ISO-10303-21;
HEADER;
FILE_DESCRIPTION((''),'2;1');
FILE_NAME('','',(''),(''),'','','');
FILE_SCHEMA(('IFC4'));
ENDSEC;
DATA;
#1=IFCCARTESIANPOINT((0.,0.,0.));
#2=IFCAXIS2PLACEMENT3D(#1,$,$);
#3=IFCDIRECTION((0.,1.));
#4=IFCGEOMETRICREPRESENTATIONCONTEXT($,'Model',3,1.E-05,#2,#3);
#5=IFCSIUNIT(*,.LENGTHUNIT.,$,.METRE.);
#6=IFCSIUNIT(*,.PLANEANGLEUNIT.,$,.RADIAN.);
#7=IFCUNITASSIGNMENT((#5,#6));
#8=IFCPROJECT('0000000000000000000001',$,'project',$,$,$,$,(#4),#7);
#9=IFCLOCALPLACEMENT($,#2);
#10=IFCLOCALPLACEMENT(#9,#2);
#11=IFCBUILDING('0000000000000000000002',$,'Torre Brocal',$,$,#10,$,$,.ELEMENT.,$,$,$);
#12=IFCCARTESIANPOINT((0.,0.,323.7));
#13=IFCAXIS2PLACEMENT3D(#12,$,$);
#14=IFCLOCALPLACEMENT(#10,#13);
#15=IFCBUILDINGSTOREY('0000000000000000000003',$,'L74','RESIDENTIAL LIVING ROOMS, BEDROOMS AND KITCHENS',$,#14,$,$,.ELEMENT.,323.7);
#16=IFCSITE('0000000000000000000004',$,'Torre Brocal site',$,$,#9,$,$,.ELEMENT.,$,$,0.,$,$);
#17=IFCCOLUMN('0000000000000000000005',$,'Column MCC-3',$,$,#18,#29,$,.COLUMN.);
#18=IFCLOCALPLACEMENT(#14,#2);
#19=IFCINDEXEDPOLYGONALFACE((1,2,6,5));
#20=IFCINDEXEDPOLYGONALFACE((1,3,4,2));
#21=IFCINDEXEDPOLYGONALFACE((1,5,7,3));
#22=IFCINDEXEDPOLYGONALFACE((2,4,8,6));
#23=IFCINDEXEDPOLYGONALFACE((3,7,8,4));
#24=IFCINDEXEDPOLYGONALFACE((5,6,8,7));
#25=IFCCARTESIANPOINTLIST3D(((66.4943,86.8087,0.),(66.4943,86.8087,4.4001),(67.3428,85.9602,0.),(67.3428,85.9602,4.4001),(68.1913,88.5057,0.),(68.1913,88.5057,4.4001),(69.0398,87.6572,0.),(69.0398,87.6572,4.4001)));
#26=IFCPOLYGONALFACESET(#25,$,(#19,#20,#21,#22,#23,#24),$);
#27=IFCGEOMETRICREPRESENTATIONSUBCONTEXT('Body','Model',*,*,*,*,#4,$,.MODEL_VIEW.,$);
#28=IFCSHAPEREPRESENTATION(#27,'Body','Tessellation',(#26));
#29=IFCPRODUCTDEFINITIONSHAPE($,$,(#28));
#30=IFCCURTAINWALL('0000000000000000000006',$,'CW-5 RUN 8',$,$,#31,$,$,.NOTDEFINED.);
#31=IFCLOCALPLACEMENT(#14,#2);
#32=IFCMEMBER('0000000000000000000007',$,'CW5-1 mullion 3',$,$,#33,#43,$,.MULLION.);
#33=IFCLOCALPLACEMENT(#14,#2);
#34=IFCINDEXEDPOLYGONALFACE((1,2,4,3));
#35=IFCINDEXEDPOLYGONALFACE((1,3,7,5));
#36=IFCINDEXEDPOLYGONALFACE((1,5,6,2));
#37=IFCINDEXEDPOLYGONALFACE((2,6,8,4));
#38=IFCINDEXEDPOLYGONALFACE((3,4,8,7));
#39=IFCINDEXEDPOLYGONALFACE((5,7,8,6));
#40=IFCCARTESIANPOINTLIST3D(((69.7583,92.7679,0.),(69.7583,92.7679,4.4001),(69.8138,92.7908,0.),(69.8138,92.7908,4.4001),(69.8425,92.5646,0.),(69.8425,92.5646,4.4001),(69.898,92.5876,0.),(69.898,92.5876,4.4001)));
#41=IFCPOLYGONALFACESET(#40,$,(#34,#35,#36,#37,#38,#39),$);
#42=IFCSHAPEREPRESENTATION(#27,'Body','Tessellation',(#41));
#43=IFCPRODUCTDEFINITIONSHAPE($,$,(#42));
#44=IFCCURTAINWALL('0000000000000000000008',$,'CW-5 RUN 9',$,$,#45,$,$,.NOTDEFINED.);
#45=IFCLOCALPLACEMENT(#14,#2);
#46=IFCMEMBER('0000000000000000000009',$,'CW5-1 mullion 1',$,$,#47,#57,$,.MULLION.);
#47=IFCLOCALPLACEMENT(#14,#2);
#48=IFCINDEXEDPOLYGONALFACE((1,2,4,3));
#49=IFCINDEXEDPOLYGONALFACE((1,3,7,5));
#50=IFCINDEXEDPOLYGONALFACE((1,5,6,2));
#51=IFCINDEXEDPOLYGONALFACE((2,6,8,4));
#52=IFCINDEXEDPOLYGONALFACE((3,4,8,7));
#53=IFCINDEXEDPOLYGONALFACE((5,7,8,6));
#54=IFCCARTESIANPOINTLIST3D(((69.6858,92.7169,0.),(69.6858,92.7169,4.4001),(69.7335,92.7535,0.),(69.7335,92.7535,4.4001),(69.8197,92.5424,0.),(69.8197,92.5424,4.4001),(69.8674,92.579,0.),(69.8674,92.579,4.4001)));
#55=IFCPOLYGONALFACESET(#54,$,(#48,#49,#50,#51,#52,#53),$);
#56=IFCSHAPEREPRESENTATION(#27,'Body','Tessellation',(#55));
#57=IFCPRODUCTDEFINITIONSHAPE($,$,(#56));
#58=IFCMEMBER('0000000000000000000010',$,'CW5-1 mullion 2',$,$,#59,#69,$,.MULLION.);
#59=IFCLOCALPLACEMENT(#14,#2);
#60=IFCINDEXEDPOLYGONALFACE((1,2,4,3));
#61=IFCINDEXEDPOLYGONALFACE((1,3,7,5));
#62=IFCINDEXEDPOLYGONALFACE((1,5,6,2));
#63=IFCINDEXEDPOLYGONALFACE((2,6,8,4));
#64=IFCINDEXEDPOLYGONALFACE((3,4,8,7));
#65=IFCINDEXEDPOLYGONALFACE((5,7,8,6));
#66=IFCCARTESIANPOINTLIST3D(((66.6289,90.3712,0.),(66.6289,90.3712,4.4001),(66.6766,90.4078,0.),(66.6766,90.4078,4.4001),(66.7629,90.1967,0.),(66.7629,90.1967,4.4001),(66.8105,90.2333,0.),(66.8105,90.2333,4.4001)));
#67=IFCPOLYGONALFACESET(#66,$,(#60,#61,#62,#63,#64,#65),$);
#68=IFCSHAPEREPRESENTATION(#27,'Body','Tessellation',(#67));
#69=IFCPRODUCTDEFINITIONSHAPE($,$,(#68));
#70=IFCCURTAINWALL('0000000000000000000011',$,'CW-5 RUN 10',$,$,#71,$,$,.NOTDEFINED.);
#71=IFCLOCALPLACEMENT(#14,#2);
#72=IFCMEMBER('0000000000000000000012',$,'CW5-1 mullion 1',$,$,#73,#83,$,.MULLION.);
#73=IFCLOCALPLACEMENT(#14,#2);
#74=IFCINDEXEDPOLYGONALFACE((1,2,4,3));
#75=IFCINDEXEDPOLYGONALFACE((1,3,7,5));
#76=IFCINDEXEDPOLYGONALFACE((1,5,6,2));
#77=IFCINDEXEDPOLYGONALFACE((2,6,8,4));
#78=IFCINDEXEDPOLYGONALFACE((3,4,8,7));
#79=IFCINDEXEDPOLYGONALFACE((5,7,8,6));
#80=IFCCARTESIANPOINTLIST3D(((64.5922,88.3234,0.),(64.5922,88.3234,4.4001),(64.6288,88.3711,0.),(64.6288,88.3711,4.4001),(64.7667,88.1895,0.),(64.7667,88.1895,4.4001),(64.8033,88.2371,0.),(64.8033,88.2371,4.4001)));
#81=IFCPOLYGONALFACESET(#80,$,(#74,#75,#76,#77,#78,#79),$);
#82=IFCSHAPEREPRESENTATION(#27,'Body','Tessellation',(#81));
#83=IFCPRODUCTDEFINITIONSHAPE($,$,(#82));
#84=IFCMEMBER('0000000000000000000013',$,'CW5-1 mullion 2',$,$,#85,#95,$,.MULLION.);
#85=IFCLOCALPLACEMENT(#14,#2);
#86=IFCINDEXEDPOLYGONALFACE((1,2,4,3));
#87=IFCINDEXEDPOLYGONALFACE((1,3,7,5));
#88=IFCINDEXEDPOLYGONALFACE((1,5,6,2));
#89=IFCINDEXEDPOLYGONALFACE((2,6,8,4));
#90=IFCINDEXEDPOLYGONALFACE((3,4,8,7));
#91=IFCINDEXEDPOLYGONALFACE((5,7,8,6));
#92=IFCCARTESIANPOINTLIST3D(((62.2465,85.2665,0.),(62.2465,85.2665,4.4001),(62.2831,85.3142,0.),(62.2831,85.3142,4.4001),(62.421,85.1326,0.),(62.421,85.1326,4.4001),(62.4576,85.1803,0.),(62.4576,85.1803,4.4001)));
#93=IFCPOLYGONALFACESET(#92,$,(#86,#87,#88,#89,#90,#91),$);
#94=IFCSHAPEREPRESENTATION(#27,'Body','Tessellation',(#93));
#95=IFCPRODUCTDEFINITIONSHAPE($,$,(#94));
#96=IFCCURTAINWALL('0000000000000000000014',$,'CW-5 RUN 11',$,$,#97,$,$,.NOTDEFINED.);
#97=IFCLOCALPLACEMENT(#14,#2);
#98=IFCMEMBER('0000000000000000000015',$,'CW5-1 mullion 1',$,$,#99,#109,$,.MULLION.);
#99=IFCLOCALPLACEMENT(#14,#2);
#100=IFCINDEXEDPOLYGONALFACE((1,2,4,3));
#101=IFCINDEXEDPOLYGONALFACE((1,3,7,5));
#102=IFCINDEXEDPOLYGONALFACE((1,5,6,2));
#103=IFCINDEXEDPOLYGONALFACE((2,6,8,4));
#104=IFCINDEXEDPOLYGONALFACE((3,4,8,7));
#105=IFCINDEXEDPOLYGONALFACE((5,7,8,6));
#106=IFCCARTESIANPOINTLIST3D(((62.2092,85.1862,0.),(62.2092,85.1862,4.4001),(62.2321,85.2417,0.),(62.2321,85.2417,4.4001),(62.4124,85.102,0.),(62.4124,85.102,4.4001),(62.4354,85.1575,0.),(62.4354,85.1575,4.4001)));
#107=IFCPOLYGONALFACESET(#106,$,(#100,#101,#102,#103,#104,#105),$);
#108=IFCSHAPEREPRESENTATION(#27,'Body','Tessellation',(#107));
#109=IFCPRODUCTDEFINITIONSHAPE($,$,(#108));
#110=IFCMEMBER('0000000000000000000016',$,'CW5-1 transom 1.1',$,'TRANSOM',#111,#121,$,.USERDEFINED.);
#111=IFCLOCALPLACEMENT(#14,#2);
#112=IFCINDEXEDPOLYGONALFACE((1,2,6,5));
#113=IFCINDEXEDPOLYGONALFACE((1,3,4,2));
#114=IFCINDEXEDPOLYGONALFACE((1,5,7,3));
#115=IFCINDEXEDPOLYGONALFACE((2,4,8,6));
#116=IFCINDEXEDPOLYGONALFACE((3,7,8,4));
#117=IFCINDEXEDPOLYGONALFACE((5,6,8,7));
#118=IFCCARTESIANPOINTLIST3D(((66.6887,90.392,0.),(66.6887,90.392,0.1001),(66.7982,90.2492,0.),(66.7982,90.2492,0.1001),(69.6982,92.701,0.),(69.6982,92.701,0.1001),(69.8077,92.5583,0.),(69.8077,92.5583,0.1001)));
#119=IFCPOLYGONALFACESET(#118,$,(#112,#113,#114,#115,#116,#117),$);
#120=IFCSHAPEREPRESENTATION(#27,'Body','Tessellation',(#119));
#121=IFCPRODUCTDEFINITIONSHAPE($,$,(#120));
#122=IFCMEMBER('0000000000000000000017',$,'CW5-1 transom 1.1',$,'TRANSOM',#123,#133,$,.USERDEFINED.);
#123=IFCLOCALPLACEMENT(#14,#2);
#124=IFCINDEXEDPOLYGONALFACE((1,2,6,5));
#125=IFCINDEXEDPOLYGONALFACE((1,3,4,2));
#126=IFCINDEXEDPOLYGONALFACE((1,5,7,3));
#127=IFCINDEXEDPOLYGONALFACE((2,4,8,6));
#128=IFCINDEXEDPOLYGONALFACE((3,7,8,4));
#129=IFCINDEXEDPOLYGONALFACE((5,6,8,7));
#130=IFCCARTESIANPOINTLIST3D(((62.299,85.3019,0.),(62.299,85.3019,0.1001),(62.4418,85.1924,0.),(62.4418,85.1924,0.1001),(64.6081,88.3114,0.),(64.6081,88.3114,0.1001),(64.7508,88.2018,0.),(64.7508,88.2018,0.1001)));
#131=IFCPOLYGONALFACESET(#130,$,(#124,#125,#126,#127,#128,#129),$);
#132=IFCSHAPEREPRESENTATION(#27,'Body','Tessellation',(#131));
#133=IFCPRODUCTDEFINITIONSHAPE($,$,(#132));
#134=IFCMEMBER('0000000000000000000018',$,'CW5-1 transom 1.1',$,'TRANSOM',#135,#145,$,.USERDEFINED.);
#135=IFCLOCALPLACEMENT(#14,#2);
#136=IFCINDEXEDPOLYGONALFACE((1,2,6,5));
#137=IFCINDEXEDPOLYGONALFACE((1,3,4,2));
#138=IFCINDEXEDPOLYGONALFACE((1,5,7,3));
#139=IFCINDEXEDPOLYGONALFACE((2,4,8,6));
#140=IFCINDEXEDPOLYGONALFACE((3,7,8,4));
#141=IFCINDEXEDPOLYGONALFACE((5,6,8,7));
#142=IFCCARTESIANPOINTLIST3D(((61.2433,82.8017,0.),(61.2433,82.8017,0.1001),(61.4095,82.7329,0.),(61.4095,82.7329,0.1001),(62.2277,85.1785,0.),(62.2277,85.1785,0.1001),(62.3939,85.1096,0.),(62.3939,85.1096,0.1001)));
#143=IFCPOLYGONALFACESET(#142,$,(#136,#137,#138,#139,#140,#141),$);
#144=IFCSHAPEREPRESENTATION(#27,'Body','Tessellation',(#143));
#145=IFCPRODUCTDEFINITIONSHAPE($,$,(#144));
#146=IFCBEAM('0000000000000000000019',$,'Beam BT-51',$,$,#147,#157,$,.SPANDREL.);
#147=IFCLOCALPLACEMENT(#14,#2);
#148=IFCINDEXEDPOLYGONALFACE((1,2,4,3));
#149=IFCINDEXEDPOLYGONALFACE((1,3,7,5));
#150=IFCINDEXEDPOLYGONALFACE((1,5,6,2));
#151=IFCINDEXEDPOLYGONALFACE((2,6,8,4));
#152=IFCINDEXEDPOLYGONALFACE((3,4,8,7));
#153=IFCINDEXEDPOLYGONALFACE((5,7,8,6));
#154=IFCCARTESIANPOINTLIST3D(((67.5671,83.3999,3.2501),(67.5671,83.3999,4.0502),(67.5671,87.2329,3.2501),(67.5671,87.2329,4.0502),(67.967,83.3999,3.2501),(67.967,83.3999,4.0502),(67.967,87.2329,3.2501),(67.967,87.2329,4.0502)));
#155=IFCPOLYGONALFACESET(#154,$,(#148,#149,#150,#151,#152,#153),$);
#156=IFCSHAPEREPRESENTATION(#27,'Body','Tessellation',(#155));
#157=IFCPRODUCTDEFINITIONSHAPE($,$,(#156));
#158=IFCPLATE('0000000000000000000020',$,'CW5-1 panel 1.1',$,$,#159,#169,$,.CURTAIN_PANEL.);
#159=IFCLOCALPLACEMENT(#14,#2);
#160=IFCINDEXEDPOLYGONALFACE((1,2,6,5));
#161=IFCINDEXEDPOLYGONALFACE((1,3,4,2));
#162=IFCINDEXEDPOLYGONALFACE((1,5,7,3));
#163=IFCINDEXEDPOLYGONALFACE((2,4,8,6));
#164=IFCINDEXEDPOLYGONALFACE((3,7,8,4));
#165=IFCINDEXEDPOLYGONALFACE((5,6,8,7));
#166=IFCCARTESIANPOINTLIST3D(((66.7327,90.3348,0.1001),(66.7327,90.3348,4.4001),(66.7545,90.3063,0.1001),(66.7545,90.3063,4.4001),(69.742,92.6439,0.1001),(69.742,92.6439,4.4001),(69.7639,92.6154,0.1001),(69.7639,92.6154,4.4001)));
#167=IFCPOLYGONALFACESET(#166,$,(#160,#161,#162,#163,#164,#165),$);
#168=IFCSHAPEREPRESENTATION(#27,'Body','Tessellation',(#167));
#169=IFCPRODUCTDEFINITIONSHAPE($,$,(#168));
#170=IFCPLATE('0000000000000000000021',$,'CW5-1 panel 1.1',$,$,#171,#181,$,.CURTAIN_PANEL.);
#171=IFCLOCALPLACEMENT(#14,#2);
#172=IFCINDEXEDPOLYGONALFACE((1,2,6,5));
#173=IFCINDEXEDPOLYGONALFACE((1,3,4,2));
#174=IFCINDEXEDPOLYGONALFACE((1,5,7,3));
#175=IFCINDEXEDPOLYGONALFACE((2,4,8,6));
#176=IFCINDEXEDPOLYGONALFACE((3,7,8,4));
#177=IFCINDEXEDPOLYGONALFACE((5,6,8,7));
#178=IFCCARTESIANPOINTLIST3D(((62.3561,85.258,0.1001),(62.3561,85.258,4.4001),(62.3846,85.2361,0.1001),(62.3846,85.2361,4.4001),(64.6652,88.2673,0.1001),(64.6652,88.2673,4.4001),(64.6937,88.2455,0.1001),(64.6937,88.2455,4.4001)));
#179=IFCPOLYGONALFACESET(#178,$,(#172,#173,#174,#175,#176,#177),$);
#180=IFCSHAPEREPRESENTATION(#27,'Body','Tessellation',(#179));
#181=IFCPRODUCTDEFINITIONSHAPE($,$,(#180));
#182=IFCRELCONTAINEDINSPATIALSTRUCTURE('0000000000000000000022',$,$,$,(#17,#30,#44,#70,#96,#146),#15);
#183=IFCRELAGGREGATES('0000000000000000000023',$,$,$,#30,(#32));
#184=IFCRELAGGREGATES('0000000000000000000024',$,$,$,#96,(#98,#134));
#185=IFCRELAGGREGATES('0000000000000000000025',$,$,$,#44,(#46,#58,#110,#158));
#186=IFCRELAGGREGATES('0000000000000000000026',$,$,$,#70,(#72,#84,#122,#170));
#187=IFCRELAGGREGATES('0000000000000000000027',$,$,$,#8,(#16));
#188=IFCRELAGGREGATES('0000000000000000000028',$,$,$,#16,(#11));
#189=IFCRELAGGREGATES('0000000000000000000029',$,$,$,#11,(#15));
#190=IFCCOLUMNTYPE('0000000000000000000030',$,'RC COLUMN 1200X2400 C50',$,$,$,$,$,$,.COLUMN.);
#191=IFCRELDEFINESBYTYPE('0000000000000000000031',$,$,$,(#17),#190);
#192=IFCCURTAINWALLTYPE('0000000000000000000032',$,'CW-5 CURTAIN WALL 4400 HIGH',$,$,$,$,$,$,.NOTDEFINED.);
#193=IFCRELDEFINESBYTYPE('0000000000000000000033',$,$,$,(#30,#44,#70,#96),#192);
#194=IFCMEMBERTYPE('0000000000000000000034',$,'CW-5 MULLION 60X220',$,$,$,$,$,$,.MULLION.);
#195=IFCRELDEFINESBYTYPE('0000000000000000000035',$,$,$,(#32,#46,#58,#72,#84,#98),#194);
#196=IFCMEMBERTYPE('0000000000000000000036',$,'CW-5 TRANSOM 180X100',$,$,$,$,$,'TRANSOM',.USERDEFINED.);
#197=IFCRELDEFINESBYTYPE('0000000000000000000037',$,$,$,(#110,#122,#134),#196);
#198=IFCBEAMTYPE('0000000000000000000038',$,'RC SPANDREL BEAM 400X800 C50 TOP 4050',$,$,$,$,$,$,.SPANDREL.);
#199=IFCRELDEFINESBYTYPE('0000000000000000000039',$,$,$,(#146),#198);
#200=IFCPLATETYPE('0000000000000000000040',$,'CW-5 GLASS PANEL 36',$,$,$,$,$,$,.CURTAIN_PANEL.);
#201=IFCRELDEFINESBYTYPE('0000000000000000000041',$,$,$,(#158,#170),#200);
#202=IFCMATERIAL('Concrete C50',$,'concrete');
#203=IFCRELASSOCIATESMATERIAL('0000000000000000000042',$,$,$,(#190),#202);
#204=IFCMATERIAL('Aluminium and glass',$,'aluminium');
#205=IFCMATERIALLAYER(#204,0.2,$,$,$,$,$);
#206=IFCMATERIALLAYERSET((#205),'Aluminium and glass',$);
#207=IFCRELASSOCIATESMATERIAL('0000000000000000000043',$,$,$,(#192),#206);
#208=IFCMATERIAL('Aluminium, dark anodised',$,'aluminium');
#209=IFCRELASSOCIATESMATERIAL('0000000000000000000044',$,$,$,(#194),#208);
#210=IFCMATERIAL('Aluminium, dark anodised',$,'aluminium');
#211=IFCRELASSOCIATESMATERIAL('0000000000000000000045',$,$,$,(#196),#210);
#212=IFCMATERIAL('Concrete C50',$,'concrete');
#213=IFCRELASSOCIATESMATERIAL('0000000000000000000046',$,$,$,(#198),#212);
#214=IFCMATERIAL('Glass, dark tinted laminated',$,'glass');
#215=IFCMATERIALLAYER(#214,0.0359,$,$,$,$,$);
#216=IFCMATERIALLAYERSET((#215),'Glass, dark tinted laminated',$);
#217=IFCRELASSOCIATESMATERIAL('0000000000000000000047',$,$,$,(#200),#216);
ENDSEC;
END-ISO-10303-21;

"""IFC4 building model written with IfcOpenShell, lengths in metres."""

from ifc_helpers import new_model, si_unit, direction, frame, origin, origin_2d, place, context, subcontext, project, spatial, rectangle, extrude, material, layer, layer_set, material_profile, profile_set, type_object, element, aggregate, save


model = new_model("IFC4")

# Units and contexts
model_context = context("Model", 3, precision=1e-05, world=origin(), true_north=direction((0.0, 1.0)))
body_context = subcontext(model_context, "Body", "Model", "MODEL_VIEW")
ifc_project = project(units=[si_unit("LENGTHUNIT", "METRE"), si_unit("PLANEANGLEUNIT", "RADIAN")], contexts=[model_context])

# Site, building, storey
site_placement = place(None, origin())
site = spatial("IfcSite", under=ifc_project, at=site_placement, Name="Torre Brocal site", CompositionType="ELEMENT", RefElevation=0.0)
building_placement = place(site_placement, origin())
building = spatial("IfcBuilding", under=site, at=building_placement, Name="Torre Brocal", CompositionType="ELEMENT")
storey_placement = place(building_placement, frame((0.0, 0.0, 323.7)))
storey = spatial("IfcBuildingStorey", under=building, at=storey_placement, Name="L74", Description="RESIDENTIAL LIVING ROOMS, BEDROOMS AND KITCHENS", CompositionType="ELEMENT", Elevation=323.7)

# Column
ifc_material_1 = material(Name="Concrete C50", Category="concrete")
ifc_material_profile_1 = material_profile(ifc_material_1, rectangle(XDim=1.2, YDim=2.3999, at=origin_2d()), Name="RC 1200X2400")
ifc_profile_set_1 = profile_set([ifc_material_profile_1], Name="Concrete C50")
column_type = type_object("IfcColumnType", Name="RC COLUMN 1200X2400 C50", PredefinedType="COLUMN", material=ifc_profile_set_1)
column_placement = place(storey_placement, frame((67.7671, 87.2329, 0.0), z_axis=(0.0, 0.0, 1.0), x_axis=(-0.707107, 0.707107, 0.0)))
element("IfcColumn", 1, at=column_placement, inside=storey, type_object=column_type, Name="Column MCC-3", PredefinedType="COLUMN", context=body_context, shape_type="SweptSolid", body=[
    extrude(rectangle(XDim=1.2, YDim=2.3999, at=origin_2d()), origin(), (0.0, 0.0, 1.0), 4.4001),
])

# Curtain wall, member
ifc_material_2 = material(Name="Aluminium and glass", Category="aluminium")
ifc_layer_1 = layer(ifc_material_2, 0.2)
ifc_layer_set_1 = layer_set([ifc_layer_1], Name="Aluminium and glass")
curtain_wall_type = type_object("IfcCurtainWallType", Name="CW-5 CURTAIN WALL 4400 HIGH", PredefinedType="NOTDEFINED", material=ifc_layer_set_1)
curtain_wall_1_placement = place(storey_placement, origin())
curtain_wall_1 = element("IfcCurtainWall", 2, at=curtain_wall_1_placement, inside=storey, type_object=curtain_wall_type, Name="CW-5 RUN 8", PredefinedType="NOTDEFINED")
ifc_material_3 = material(Name="Aluminium, dark anodised", Category="aluminium")
ifc_material_profile_2 = material_profile(ifc_material_3, rectangle(XDim=0.22, YDim=0.0601, at=origin_2d()), Name="CW-5 MULLION 60X220")
ifc_profile_set_2 = profile_set([ifc_material_profile_2], Name="Aluminium, dark anodised")
member_type_1 = type_object("IfcMemberType", Name="CW-5 MULLION 60X220", PredefinedType="MULLION", material=ifc_profile_set_2)
member_1_placement = place(storey_placement, frame((69.8281, 92.6777, 0.0), z_axis=(0.0, 0.0, 1.0), x_axis=(0.382683, -0.92388, 0.0)))
member_1 = element("IfcMember", 3, at=member_1_placement, type_object=member_type_1, Name="CW5-1 mullion 3", PredefinedType="MULLION", context=body_context, shape_type="SweptSolid", body=[
    extrude(rectangle(XDim=0.22, YDim=0.0601, at=origin_2d()), origin(), (0.0, 0.0, 1.0), 4.4001),
])
aggregate(curtain_wall_1, [member_1])

# Curtain walls, members
curtain_wall_2_placement = place(storey_placement, origin())
curtain_wall_2 = element("IfcCurtainWall", 4, at=curtain_wall_2_placement, inside=storey, type_object=curtain_wall_type, Name="CW-5 RUN 9", PredefinedType="NOTDEFINED")
member_2_placement = place(storey_placement, frame((69.7766, 92.6479, 0.0), z_axis=(0.0, 0.0, 1.0), x_axis=(0.608761, -0.793353, 0.0)))
member_2 = element("IfcMember", 5, at=member_2_placement, type_object=member_type_1, Name="CW5-1 mullion 1", PredefinedType="MULLION", context=body_context, shape_type="SweptSolid", body=[
    extrude(rectangle(XDim=0.22, YDim=0.0601, at=origin_2d()), origin(), (0.0, 0.0, 1.0), 4.4001),
])
member_3_placement = place(storey_placement, frame((66.7197, 90.3022, 0.0), z_axis=(0.0, 0.0, 1.0), x_axis=(0.608761, -0.793353, 0.0)))
member_3 = element("IfcMember", 6, at=member_3_placement, type_object=member_type_1, Name="CW5-1 mullion 2", PredefinedType="MULLION", context=body_context, shape_type="SweptSolid", body=[
    extrude(rectangle(XDim=0.22, YDim=0.0601, at=origin_2d()), origin(), (0.0, 0.0, 1.0), 4.4001),
])
curtain_wall_3_placement = place(storey_placement, origin())
curtain_wall_3 = element("IfcCurtainWall", 7, at=curtain_wall_3_placement, inside=storey, type_object=curtain_wall_type, Name="CW-5 RUN 10", PredefinedType="NOTDEFINED")
member_4_placement = place(storey_placement, frame((64.6978, 88.2803, 0.0), z_axis=(0.0, 0.0, 1.0), x_axis=(0.793353, -0.608761, 0.0)))
member_4 = element("IfcMember", 8, at=member_4_placement, type_object=member_type_1, Name="CW5-1 mullion 1", PredefinedType="MULLION", context=body_context, shape_type="SweptSolid", body=[
    extrude(rectangle(XDim=0.22, YDim=0.0601, at=origin_2d()), origin(), (0.0, 0.0, 1.0), 4.4001),
])
member_5_placement = place(storey_placement, frame((62.3521, 85.2234, 0.0), z_axis=(0.0, 0.0, 1.0), x_axis=(0.793353, -0.608761, 0.0)))
member_5 = element("IfcMember", 9, at=member_5_placement, type_object=member_type_1, Name="CW5-1 mullion 2", PredefinedType="MULLION", context=body_context, shape_type="SweptSolid", body=[
    extrude(rectangle(XDim=0.22, YDim=0.0601, at=origin_2d()), origin(), (0.0, 0.0, 1.0), 4.4001),
])

# Curtain wall, member
curtain_wall_4_placement = place(storey_placement, origin())
curtain_wall_4 = element("IfcCurtainWall", 10, at=curtain_wall_4_placement, inside=storey, type_object=curtain_wall_type, Name="CW-5 RUN 11", PredefinedType="NOTDEFINED")
member_6_placement = place(storey_placement, frame((62.3223, 85.1719, 0.0), z_axis=(0.0, 0.0, 1.0), x_axis=(0.92388, -0.382683, 0.0)))
member_6 = element("IfcMember", 11, at=member_6_placement, type_object=member_type_1, Name="CW5-1 mullion 1", PredefinedType="MULLION", context=body_context, shape_type="SweptSolid", body=[
    extrude(rectangle(XDim=0.22, YDim=0.0601, at=origin_2d()), origin(), (0.0, 0.0, 1.0), 4.4001),
])

# Members
ifc_material_4 = material(Name="Aluminium, dark anodised", Category="aluminium")
ifc_material_profile_3 = material_profile(ifc_material_4, rectangle(XDim=0.1799, YDim=0.1001, at=origin_2d()), Name="CW-5 TRANSOM 180X100")
ifc_profile_set_3 = profile_set([ifc_material_profile_3], Name="Aluminium, dark anodised")
member_type_2 = type_object("IfcMemberType", Name="CW-5 TRANSOM 180X100", ElementType="TRANSOM", PredefinedType="USERDEFINED", material=ifc_profile_set_3)
member_7_placement = place(storey_placement, frame((69.7529, 92.6296, 0.05), z_axis=(-0.793379, -0.608727, 0.0), x_axis=(0.608727, -0.793379, 0.0)))
member_7 = element("IfcMember", 12, at=member_7_placement, type_object=member_type_2, Name="CW5-1 transom 1.1", ObjectType="TRANSOM", PredefinedType="USERDEFINED", context=body_context, shape_type="SweptSolid", body=[
    extrude(rectangle(XDim=0.1799, YDim=0.1001, at=origin_2d()), origin(), (0.0, 0.0, 1.0), 3.7932),
])
member_8_placement = place(storey_placement, frame((64.6794, 88.2566, 0.05), z_axis=(-0.608727, -0.793379, 0.0), x_axis=(0.793379, -0.608727, 0.0)))
member_8 = element("IfcMember", 13, at=member_8_placement, type_object=member_type_2, Name="CW5-1 transom 1.1", ObjectType="TRANSOM", PredefinedType="USERDEFINED", context=body_context, shape_type="SweptSolid", body=[
    extrude(rectangle(XDim=0.1799, YDim=0.1001, at=origin_2d()), origin(), (0.0, 0.0, 1.0), 3.7932),
])
member_9_placement = place(storey_placement, frame((62.3108, 85.144, 0.05), z_axis=(-0.382654, -0.923892, 0.0), x_axis=(0.923892, -0.382654, 0.0)))
member_9 = element("IfcMember", 14, at=member_9_placement, type_object=member_type_2, Name="CW5-1 transom 1.1", ObjectType="TRANSOM", PredefinedType="USERDEFINED", context=body_context, shape_type="SweptSolid", body=[
    extrude(rectangle(XDim=0.1799, YDim=0.1001, at=origin_2d()), origin(), (0.0, 0.0, 1.0), 2.5725),
])
aggregate(curtain_wall_4, [member_6, member_9])

# Beam
ifc_material_5 = material(Name="Concrete C50", Category="concrete")
ifc_material_profile_4 = material_profile(ifc_material_5, rectangle(XDim=0.3999, YDim=0.8, at=origin_2d()), Name="RC 400X800")
ifc_profile_set_4 = profile_set([ifc_material_profile_4], Name="Concrete C50")
beam_type = type_object("IfcBeamType", Name="RC SPANDREL BEAM 400X800 C50 TOP 4050", PredefinedType="SPANDREL", material=ifc_profile_set_4)
beam_placement = place(storey_placement, frame((67.7671, 87.2329, 3.6501), z_axis=(0.0, -1.0, 0.0), x_axis=(1.0, 0.0, 0.0)))
element("IfcBeam", 15, at=beam_placement, inside=storey, type_object=beam_type, Name="Beam BT-51", PredefinedType="SPANDREL", context=body_context, shape_type="SweptSolid", body=[
    extrude(rectangle(XDim=0.3999, YDim=0.8, at=origin_2d()), origin(), (0.0, 0.0, 1.0), 3.833),
])

# Plates
ifc_material_6 = material(Name="Glass, dark tinted laminated", Category="glass")
ifc_layer_2 = layer(ifc_material_6, 0.0359)
ifc_layer_set_2 = layer_set([ifc_layer_2], Name="Glass, dark tinted laminated")
plate_type = type_object("IfcPlateType", Name="CW-5 GLASS PANEL 36", PredefinedType="CURTAIN_PANEL", material=ifc_layer_set_2)
plate_1_placement = place(storey_placement, frame((68.2483, 91.4751, 0.1001), z_axis=(0.0, 0.0, 1.0), x_axis=(-0.793353, -0.608761, 0.0)))
plate_1 = element("IfcPlate", 16, at=plate_1_placement, type_object=plate_type, Name="CW5-1 panel 1.1", PredefinedType="CURTAIN_PANEL", context=body_context, shape_type="SweptSolid", body=[
    extrude(rectangle(XDim=3.7932, YDim=0.0359, at=origin_2d()), origin(), (0.0, 0.0, 1.0), 4.3),
])
aggregate(curtain_wall_2, [member_2, member_3, member_7, plate_1])
plate_2_placement = place(storey_placement, frame((63.5249, 86.7517, 0.1001), z_axis=(0.0, 0.0, 1.0), x_axis=(-0.608761, -0.793353, 0.0)))
plate_2 = element("IfcPlate", 17, at=plate_2_placement, type_object=plate_type, Name="CW5-1 panel 1.1", PredefinedType="CURTAIN_PANEL", context=body_context, shape_type="SweptSolid", body=[
    extrude(rectangle(XDim=3.7932, YDim=0.0359, at=origin_2d()), origin(), (0.0, 0.0, 1.0), 4.3),
])
aggregate(curtain_wall_3, [member_4, member_5, member_8, plate_2])

save(model, "model.ifc")
